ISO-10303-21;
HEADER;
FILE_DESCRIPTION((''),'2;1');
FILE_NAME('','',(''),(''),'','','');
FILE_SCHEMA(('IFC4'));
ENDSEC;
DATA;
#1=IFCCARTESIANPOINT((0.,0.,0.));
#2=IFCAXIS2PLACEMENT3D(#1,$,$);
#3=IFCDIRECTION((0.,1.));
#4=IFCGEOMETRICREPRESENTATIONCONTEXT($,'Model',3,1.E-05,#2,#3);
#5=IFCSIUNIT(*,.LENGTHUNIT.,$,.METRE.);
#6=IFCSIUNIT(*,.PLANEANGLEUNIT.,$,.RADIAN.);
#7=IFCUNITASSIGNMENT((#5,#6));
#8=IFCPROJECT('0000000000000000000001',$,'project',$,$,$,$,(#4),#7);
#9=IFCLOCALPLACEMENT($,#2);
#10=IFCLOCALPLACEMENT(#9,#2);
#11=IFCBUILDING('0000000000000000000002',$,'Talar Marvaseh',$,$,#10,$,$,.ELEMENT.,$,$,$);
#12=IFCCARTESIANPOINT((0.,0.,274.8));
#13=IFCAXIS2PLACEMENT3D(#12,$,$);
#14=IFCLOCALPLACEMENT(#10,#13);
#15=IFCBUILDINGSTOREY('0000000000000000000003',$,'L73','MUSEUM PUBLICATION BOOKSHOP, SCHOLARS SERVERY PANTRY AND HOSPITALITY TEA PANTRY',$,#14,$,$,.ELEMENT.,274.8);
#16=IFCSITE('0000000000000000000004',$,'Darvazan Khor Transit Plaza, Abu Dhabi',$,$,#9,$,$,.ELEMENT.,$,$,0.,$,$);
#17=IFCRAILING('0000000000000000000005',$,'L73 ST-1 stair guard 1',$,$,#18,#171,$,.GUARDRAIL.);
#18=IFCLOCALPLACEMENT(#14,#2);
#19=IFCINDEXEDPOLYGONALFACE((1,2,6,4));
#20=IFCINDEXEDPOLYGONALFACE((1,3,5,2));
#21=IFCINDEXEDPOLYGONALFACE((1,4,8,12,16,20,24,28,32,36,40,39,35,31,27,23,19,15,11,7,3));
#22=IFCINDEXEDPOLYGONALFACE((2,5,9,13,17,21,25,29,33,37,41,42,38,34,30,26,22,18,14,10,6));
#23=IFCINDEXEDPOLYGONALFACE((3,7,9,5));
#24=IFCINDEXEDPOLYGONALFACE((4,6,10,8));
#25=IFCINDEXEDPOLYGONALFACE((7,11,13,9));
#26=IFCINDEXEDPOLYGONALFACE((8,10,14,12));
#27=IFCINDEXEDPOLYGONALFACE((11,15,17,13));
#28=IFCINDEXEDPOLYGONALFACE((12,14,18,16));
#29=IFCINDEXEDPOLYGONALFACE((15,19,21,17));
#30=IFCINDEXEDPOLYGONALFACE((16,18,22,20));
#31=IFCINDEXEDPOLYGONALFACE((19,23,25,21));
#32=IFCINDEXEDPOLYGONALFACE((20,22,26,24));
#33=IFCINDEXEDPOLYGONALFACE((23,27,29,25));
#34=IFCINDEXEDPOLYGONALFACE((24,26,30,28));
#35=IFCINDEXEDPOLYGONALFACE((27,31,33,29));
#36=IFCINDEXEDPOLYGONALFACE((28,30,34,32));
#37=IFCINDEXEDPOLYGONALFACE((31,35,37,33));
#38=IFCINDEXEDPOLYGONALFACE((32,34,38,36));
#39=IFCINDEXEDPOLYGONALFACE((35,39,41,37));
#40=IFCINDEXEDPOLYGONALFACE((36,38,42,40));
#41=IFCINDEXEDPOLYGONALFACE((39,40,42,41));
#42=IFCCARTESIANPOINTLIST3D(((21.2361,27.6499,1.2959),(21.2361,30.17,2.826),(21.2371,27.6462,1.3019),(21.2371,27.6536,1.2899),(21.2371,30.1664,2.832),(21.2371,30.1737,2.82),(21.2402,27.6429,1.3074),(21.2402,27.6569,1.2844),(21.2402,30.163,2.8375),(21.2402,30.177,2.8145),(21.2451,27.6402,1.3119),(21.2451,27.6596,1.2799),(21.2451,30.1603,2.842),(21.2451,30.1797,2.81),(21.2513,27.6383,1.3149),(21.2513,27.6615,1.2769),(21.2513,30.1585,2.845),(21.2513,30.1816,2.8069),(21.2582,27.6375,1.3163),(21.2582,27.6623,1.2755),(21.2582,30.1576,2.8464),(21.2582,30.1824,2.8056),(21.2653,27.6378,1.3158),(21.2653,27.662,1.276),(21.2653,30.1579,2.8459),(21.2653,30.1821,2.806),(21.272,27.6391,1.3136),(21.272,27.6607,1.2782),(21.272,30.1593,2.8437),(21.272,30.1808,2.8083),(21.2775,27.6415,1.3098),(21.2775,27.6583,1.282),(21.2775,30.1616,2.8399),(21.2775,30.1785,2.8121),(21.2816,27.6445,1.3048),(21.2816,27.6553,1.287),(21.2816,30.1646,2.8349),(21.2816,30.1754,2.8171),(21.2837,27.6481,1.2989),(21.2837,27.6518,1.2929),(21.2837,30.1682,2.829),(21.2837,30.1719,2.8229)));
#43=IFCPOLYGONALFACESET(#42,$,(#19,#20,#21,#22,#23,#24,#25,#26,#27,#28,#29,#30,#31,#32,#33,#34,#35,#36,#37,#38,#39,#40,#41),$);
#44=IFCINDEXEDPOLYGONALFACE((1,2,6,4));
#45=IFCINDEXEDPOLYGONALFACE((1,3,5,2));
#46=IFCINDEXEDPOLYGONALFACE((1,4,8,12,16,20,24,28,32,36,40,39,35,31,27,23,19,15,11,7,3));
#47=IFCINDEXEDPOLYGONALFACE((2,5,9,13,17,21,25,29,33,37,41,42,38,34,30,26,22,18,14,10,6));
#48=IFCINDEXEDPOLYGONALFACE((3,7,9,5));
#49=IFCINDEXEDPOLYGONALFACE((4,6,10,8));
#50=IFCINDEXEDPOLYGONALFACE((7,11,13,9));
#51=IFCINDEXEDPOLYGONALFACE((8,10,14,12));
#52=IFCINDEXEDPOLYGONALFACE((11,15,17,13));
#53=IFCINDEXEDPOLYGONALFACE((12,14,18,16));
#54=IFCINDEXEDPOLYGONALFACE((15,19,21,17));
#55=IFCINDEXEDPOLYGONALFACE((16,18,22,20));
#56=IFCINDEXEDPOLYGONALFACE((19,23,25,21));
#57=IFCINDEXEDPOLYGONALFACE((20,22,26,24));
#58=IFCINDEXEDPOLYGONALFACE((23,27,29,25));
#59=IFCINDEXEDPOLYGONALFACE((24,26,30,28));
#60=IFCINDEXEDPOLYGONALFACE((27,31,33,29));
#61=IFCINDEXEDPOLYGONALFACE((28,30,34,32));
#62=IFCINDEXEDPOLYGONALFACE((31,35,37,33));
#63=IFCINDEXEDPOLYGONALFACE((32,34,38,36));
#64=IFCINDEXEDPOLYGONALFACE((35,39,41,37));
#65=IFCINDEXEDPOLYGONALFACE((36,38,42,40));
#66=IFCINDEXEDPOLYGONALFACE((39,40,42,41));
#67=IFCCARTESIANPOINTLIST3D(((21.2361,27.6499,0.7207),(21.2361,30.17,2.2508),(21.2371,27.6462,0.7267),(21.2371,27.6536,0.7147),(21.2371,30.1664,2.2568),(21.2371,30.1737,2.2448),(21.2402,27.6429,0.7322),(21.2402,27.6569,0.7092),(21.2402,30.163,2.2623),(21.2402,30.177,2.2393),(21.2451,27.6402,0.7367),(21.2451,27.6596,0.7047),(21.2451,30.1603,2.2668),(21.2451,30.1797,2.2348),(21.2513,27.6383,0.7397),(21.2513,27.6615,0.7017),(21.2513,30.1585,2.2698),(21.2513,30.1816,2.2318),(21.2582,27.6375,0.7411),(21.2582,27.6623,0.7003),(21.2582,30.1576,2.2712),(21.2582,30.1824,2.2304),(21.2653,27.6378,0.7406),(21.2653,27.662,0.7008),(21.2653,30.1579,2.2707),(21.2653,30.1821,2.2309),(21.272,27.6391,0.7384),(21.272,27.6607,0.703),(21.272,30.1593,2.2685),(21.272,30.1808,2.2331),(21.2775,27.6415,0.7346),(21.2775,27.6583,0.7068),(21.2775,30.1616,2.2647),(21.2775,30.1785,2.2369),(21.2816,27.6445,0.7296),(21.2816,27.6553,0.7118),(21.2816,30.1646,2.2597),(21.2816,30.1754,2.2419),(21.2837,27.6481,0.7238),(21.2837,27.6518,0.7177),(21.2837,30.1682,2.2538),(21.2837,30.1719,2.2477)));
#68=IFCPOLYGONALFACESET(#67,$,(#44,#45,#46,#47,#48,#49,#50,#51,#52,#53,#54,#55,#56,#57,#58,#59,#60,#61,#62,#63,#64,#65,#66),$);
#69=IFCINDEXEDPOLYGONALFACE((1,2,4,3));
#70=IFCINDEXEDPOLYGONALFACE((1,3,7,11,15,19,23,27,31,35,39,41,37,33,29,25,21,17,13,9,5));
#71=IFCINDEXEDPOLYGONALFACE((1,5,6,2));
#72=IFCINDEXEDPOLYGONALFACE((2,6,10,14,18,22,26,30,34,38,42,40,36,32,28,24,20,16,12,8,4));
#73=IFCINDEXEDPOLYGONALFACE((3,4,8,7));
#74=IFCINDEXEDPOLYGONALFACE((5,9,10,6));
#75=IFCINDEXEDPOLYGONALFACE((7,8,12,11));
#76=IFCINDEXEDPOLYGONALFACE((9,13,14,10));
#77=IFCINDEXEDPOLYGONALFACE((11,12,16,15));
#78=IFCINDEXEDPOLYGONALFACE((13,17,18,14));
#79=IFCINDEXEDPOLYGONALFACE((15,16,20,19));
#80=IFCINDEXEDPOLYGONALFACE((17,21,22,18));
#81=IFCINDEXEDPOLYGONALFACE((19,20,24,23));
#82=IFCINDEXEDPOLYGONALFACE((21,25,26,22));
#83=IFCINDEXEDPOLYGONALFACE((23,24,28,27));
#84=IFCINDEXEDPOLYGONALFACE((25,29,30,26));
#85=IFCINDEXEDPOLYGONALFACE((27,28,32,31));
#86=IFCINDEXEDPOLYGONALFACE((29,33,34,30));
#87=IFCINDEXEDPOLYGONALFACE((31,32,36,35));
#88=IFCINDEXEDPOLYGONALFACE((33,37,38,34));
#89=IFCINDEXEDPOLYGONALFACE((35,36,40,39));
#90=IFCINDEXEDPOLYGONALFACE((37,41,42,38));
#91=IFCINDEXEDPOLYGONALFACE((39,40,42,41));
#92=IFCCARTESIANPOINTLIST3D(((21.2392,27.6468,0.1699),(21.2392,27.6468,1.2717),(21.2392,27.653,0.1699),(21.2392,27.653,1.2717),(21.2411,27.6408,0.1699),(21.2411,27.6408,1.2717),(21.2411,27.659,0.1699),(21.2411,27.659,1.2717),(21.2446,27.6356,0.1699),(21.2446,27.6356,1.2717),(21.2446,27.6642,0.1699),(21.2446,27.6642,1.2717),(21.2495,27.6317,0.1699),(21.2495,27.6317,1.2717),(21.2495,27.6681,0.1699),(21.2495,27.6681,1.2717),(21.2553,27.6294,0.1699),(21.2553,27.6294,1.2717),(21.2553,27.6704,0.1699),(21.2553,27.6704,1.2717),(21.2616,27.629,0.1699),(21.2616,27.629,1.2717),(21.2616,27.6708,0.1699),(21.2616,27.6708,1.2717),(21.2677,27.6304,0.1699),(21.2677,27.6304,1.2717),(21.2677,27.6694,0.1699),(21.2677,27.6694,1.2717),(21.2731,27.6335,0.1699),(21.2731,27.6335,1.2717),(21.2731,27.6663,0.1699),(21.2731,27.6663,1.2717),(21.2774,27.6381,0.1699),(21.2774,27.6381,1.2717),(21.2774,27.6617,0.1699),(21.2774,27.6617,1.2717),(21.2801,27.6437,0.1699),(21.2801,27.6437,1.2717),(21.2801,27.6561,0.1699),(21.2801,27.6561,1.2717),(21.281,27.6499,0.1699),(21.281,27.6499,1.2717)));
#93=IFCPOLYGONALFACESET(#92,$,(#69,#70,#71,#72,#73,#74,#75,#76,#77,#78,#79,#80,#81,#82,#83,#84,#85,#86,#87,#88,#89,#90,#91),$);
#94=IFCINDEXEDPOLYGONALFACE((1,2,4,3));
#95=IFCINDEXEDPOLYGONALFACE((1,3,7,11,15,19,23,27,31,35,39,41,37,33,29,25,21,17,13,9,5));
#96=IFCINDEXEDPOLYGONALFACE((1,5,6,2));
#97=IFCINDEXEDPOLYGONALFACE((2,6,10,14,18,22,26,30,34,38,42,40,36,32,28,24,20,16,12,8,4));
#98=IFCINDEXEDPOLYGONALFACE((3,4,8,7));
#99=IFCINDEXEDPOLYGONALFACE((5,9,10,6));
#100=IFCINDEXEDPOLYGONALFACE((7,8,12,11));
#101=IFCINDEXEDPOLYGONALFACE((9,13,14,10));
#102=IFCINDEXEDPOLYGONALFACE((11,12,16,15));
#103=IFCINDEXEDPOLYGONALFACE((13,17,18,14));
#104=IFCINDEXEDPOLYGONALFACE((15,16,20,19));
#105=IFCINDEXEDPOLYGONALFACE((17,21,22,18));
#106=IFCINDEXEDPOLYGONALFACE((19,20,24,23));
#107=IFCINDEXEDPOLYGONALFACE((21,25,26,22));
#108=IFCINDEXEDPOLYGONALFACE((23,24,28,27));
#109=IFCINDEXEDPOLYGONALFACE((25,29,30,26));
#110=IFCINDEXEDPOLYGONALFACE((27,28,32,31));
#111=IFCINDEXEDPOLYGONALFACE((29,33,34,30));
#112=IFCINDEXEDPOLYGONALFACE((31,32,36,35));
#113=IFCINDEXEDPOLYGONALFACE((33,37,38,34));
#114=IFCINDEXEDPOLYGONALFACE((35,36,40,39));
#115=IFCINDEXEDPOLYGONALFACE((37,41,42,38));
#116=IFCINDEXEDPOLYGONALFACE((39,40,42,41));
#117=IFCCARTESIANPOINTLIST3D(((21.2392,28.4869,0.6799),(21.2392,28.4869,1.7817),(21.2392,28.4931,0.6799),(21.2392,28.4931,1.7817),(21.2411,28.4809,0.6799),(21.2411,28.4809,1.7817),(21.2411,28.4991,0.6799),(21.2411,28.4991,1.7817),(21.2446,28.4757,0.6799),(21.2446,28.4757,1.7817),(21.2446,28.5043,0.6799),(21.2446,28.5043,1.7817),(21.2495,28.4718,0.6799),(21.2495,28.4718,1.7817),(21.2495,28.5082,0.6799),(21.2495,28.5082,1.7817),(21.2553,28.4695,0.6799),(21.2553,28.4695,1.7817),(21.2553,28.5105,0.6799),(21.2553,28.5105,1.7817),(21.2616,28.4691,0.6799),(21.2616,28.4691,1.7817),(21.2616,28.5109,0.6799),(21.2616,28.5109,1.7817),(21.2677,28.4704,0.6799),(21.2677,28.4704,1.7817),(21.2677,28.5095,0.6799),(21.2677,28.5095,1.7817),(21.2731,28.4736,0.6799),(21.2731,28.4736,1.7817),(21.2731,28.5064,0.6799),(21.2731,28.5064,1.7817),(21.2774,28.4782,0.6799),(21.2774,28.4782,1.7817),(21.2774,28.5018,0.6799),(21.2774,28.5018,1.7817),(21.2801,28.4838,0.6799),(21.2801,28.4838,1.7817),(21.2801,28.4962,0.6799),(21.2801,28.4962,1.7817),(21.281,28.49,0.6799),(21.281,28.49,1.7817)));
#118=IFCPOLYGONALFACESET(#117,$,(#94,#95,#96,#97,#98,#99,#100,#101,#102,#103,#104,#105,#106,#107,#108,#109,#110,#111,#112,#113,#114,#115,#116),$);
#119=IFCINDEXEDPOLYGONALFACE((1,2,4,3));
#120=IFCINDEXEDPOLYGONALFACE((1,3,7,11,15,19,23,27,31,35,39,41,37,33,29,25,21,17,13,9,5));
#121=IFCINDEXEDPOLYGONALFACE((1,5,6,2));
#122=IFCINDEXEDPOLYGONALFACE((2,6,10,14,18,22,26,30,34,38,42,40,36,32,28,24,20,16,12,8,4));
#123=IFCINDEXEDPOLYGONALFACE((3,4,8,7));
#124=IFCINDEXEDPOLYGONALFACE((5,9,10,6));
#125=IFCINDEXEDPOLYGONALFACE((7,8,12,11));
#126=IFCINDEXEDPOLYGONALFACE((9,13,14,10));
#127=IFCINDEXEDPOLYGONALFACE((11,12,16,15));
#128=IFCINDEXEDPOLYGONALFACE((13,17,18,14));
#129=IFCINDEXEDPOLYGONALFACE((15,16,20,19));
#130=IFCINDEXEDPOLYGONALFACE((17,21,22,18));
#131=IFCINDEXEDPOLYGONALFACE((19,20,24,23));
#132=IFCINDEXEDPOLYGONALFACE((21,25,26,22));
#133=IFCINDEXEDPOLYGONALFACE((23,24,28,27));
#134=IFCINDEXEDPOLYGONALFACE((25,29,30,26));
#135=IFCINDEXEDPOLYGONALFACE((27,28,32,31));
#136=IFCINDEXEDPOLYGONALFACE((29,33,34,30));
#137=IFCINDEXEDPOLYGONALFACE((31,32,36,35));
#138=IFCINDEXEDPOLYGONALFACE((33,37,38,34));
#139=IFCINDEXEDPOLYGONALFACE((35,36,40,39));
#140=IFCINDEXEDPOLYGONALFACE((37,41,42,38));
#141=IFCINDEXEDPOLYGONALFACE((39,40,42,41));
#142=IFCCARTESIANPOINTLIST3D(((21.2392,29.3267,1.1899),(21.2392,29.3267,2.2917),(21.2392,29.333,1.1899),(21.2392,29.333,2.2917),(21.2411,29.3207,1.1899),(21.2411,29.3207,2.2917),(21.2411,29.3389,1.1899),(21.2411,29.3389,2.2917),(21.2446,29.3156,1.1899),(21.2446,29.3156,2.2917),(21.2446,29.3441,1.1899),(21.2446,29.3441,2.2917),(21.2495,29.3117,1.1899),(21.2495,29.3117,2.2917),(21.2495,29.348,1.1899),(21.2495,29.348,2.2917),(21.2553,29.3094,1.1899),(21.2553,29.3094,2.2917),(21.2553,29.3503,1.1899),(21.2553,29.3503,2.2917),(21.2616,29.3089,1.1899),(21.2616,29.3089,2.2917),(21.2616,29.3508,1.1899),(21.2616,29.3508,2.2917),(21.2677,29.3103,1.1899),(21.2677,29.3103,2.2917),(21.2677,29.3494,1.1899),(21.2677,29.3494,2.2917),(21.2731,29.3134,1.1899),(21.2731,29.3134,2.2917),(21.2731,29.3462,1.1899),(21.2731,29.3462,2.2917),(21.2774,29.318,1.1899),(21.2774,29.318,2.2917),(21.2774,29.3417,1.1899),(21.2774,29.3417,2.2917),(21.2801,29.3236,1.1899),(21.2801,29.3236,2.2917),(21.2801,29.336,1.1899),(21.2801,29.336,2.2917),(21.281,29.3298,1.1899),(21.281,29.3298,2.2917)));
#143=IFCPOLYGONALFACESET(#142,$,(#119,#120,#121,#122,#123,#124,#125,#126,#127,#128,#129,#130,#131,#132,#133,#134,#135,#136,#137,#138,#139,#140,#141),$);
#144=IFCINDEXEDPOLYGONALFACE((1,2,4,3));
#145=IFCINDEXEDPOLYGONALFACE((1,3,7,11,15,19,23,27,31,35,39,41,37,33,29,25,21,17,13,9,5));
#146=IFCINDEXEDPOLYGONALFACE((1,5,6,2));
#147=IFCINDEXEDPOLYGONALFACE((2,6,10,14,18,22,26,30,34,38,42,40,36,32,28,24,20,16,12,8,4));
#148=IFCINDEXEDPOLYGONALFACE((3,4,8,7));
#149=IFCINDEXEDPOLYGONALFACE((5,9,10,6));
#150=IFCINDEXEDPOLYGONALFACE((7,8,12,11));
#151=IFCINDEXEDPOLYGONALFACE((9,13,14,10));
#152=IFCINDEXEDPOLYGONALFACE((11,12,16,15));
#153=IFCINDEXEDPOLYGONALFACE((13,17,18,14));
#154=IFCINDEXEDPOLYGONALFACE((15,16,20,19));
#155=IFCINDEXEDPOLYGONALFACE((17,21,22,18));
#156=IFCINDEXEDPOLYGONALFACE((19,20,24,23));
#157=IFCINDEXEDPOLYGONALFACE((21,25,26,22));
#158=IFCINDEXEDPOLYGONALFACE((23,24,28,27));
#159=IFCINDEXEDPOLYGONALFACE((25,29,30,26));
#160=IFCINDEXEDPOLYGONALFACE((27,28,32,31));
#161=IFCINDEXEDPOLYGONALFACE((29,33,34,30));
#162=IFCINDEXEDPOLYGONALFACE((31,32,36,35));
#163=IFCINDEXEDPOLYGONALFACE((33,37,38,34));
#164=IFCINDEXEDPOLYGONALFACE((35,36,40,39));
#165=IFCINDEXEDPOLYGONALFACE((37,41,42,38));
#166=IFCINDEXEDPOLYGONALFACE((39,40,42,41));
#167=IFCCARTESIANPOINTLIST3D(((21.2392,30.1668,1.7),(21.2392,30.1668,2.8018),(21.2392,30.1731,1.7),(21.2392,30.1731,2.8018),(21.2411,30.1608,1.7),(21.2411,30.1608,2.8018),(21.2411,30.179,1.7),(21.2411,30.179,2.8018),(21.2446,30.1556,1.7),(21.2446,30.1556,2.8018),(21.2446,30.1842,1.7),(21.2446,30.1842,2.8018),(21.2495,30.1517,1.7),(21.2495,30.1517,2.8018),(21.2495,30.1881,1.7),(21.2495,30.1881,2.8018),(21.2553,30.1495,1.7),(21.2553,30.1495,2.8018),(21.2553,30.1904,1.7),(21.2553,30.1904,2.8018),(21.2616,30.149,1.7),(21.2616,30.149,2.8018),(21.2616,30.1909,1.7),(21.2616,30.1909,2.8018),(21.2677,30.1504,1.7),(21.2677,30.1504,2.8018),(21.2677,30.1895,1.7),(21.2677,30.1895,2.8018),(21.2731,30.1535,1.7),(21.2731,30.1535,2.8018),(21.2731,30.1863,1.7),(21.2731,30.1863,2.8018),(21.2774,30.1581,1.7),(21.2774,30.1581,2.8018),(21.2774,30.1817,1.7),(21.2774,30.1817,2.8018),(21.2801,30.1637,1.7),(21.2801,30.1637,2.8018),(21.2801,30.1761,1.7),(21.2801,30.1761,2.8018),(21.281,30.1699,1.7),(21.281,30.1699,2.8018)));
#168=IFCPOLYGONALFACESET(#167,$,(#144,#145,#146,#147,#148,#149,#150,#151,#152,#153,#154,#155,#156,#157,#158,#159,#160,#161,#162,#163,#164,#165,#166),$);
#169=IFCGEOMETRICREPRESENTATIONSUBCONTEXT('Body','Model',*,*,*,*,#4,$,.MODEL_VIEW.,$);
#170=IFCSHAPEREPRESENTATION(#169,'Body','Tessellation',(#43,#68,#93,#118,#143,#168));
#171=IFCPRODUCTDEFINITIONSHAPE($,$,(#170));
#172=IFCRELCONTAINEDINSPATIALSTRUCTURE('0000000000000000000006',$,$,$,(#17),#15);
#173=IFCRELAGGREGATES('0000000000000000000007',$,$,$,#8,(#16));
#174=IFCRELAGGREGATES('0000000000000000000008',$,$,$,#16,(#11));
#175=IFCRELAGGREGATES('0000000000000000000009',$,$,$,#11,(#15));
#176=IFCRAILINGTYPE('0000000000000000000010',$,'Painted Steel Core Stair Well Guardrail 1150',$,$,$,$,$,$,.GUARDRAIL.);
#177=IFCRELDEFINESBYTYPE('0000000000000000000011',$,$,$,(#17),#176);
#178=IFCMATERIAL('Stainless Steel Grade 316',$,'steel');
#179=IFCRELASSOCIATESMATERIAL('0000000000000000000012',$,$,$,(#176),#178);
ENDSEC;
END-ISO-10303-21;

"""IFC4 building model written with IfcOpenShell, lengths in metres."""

from ifc_helpers import new_model, si_unit, direction, frame, origin, origin_2d, place, context, subcontext, project, spatial, circle, extrude, material, type_object, element, save


model = new_model("IFC4")

# Units and contexts
model_context = context("Model", 3, precision=1e-05, world=origin(), true_north=direction((0.0, 1.0)))
body_context = subcontext(model_context, "Body", "Model", "MODEL_VIEW")
ifc_project = project(units=[si_unit("LENGTHUNIT", "METRE"), si_unit("PLANEANGLEUNIT", "RADIAN")], contexts=[model_context])

# Site, building, storey
site_placement = place(None, origin())
site = spatial("IfcSite", under=ifc_project, at=site_placement, Name="Darvazan Khor Transit Plaza, Abu Dhabi", CompositionType="ELEMENT", RefElevation=0.0)
building_placement = place(site_placement, origin())
building = spatial("IfcBuilding", under=site, at=building_placement, Name="Talar Marvaseh", CompositionType="ELEMENT")
storey_placement = place(building_placement, frame((0.0, 0.0, 274.8)))
storey = spatial("IfcBuildingStorey", under=building, at=storey_placement, Name="L73", Description="MUSEUM PUBLICATION BOOKSHOP, SCHOLARS SERVERY PANTRY AND HOSPITALITY TEA PANTRY", CompositionType="ELEMENT", Elevation=274.8)

# Railing
ifc_material_1 = material(Name="Stainless Steel Grade 316", Category="steel")
railing_type_1 = type_object("IfcRailingType", Name="Painted Steel Core Stair Well Guardrail 1150", PredefinedType="GUARDRAIL", material=ifc_material_1)
railing_1_placement = place(storey_placement, frame((21.26, 27.6499, 0.1699)))
element("IfcRailing", 1, at=railing_1_placement, inside=storey, type_object=railing_type_1, Name="L73 ST-1 stair guard 1", PredefinedType="GUARDRAIL", context=body_context, shape_type="SweptSolid", body=[
    extrude(circle(Radius=0.0239, at=origin_2d()), frame((0.0, 0.0, 1.126), z_axis=(0.0, 0.854785, 0.518982), x_axis=(-1.0, 0.0, 0.0)), (0.0, 0.0, 1.0), 2.9482),
    extrude(circle(Radius=0.0239, at=origin_2d()), frame((0.0, 0.0, 0.5508), z_axis=(0.0, 0.854785, 0.518982), x_axis=(-1.0, 0.0, 0.0)), (0.0, 0.0, 1.0), 2.9482),
    extrude(circle(Radius=0.021, at=origin_2d()), origin(), (0.0, 0.0, 1.0), 1.1018),
    extrude(circle(Radius=0.021, at=origin_2d()), frame((0.0, 0.8401, 0.51)), (0.0, 0.0, 1.0), 1.1018),
    extrude(circle(Radius=0.021, at=origin_2d()), frame((0.0, 1.6799, 1.02)), (0.0, 0.0, 1.0), 1.1018),
    extrude(circle(Radius=0.021, at=origin_2d()), frame((0.0, 2.52, 1.53)), (0.0, 0.0, 1.0), 1.1018),
])

save(model, "model.ifc")
